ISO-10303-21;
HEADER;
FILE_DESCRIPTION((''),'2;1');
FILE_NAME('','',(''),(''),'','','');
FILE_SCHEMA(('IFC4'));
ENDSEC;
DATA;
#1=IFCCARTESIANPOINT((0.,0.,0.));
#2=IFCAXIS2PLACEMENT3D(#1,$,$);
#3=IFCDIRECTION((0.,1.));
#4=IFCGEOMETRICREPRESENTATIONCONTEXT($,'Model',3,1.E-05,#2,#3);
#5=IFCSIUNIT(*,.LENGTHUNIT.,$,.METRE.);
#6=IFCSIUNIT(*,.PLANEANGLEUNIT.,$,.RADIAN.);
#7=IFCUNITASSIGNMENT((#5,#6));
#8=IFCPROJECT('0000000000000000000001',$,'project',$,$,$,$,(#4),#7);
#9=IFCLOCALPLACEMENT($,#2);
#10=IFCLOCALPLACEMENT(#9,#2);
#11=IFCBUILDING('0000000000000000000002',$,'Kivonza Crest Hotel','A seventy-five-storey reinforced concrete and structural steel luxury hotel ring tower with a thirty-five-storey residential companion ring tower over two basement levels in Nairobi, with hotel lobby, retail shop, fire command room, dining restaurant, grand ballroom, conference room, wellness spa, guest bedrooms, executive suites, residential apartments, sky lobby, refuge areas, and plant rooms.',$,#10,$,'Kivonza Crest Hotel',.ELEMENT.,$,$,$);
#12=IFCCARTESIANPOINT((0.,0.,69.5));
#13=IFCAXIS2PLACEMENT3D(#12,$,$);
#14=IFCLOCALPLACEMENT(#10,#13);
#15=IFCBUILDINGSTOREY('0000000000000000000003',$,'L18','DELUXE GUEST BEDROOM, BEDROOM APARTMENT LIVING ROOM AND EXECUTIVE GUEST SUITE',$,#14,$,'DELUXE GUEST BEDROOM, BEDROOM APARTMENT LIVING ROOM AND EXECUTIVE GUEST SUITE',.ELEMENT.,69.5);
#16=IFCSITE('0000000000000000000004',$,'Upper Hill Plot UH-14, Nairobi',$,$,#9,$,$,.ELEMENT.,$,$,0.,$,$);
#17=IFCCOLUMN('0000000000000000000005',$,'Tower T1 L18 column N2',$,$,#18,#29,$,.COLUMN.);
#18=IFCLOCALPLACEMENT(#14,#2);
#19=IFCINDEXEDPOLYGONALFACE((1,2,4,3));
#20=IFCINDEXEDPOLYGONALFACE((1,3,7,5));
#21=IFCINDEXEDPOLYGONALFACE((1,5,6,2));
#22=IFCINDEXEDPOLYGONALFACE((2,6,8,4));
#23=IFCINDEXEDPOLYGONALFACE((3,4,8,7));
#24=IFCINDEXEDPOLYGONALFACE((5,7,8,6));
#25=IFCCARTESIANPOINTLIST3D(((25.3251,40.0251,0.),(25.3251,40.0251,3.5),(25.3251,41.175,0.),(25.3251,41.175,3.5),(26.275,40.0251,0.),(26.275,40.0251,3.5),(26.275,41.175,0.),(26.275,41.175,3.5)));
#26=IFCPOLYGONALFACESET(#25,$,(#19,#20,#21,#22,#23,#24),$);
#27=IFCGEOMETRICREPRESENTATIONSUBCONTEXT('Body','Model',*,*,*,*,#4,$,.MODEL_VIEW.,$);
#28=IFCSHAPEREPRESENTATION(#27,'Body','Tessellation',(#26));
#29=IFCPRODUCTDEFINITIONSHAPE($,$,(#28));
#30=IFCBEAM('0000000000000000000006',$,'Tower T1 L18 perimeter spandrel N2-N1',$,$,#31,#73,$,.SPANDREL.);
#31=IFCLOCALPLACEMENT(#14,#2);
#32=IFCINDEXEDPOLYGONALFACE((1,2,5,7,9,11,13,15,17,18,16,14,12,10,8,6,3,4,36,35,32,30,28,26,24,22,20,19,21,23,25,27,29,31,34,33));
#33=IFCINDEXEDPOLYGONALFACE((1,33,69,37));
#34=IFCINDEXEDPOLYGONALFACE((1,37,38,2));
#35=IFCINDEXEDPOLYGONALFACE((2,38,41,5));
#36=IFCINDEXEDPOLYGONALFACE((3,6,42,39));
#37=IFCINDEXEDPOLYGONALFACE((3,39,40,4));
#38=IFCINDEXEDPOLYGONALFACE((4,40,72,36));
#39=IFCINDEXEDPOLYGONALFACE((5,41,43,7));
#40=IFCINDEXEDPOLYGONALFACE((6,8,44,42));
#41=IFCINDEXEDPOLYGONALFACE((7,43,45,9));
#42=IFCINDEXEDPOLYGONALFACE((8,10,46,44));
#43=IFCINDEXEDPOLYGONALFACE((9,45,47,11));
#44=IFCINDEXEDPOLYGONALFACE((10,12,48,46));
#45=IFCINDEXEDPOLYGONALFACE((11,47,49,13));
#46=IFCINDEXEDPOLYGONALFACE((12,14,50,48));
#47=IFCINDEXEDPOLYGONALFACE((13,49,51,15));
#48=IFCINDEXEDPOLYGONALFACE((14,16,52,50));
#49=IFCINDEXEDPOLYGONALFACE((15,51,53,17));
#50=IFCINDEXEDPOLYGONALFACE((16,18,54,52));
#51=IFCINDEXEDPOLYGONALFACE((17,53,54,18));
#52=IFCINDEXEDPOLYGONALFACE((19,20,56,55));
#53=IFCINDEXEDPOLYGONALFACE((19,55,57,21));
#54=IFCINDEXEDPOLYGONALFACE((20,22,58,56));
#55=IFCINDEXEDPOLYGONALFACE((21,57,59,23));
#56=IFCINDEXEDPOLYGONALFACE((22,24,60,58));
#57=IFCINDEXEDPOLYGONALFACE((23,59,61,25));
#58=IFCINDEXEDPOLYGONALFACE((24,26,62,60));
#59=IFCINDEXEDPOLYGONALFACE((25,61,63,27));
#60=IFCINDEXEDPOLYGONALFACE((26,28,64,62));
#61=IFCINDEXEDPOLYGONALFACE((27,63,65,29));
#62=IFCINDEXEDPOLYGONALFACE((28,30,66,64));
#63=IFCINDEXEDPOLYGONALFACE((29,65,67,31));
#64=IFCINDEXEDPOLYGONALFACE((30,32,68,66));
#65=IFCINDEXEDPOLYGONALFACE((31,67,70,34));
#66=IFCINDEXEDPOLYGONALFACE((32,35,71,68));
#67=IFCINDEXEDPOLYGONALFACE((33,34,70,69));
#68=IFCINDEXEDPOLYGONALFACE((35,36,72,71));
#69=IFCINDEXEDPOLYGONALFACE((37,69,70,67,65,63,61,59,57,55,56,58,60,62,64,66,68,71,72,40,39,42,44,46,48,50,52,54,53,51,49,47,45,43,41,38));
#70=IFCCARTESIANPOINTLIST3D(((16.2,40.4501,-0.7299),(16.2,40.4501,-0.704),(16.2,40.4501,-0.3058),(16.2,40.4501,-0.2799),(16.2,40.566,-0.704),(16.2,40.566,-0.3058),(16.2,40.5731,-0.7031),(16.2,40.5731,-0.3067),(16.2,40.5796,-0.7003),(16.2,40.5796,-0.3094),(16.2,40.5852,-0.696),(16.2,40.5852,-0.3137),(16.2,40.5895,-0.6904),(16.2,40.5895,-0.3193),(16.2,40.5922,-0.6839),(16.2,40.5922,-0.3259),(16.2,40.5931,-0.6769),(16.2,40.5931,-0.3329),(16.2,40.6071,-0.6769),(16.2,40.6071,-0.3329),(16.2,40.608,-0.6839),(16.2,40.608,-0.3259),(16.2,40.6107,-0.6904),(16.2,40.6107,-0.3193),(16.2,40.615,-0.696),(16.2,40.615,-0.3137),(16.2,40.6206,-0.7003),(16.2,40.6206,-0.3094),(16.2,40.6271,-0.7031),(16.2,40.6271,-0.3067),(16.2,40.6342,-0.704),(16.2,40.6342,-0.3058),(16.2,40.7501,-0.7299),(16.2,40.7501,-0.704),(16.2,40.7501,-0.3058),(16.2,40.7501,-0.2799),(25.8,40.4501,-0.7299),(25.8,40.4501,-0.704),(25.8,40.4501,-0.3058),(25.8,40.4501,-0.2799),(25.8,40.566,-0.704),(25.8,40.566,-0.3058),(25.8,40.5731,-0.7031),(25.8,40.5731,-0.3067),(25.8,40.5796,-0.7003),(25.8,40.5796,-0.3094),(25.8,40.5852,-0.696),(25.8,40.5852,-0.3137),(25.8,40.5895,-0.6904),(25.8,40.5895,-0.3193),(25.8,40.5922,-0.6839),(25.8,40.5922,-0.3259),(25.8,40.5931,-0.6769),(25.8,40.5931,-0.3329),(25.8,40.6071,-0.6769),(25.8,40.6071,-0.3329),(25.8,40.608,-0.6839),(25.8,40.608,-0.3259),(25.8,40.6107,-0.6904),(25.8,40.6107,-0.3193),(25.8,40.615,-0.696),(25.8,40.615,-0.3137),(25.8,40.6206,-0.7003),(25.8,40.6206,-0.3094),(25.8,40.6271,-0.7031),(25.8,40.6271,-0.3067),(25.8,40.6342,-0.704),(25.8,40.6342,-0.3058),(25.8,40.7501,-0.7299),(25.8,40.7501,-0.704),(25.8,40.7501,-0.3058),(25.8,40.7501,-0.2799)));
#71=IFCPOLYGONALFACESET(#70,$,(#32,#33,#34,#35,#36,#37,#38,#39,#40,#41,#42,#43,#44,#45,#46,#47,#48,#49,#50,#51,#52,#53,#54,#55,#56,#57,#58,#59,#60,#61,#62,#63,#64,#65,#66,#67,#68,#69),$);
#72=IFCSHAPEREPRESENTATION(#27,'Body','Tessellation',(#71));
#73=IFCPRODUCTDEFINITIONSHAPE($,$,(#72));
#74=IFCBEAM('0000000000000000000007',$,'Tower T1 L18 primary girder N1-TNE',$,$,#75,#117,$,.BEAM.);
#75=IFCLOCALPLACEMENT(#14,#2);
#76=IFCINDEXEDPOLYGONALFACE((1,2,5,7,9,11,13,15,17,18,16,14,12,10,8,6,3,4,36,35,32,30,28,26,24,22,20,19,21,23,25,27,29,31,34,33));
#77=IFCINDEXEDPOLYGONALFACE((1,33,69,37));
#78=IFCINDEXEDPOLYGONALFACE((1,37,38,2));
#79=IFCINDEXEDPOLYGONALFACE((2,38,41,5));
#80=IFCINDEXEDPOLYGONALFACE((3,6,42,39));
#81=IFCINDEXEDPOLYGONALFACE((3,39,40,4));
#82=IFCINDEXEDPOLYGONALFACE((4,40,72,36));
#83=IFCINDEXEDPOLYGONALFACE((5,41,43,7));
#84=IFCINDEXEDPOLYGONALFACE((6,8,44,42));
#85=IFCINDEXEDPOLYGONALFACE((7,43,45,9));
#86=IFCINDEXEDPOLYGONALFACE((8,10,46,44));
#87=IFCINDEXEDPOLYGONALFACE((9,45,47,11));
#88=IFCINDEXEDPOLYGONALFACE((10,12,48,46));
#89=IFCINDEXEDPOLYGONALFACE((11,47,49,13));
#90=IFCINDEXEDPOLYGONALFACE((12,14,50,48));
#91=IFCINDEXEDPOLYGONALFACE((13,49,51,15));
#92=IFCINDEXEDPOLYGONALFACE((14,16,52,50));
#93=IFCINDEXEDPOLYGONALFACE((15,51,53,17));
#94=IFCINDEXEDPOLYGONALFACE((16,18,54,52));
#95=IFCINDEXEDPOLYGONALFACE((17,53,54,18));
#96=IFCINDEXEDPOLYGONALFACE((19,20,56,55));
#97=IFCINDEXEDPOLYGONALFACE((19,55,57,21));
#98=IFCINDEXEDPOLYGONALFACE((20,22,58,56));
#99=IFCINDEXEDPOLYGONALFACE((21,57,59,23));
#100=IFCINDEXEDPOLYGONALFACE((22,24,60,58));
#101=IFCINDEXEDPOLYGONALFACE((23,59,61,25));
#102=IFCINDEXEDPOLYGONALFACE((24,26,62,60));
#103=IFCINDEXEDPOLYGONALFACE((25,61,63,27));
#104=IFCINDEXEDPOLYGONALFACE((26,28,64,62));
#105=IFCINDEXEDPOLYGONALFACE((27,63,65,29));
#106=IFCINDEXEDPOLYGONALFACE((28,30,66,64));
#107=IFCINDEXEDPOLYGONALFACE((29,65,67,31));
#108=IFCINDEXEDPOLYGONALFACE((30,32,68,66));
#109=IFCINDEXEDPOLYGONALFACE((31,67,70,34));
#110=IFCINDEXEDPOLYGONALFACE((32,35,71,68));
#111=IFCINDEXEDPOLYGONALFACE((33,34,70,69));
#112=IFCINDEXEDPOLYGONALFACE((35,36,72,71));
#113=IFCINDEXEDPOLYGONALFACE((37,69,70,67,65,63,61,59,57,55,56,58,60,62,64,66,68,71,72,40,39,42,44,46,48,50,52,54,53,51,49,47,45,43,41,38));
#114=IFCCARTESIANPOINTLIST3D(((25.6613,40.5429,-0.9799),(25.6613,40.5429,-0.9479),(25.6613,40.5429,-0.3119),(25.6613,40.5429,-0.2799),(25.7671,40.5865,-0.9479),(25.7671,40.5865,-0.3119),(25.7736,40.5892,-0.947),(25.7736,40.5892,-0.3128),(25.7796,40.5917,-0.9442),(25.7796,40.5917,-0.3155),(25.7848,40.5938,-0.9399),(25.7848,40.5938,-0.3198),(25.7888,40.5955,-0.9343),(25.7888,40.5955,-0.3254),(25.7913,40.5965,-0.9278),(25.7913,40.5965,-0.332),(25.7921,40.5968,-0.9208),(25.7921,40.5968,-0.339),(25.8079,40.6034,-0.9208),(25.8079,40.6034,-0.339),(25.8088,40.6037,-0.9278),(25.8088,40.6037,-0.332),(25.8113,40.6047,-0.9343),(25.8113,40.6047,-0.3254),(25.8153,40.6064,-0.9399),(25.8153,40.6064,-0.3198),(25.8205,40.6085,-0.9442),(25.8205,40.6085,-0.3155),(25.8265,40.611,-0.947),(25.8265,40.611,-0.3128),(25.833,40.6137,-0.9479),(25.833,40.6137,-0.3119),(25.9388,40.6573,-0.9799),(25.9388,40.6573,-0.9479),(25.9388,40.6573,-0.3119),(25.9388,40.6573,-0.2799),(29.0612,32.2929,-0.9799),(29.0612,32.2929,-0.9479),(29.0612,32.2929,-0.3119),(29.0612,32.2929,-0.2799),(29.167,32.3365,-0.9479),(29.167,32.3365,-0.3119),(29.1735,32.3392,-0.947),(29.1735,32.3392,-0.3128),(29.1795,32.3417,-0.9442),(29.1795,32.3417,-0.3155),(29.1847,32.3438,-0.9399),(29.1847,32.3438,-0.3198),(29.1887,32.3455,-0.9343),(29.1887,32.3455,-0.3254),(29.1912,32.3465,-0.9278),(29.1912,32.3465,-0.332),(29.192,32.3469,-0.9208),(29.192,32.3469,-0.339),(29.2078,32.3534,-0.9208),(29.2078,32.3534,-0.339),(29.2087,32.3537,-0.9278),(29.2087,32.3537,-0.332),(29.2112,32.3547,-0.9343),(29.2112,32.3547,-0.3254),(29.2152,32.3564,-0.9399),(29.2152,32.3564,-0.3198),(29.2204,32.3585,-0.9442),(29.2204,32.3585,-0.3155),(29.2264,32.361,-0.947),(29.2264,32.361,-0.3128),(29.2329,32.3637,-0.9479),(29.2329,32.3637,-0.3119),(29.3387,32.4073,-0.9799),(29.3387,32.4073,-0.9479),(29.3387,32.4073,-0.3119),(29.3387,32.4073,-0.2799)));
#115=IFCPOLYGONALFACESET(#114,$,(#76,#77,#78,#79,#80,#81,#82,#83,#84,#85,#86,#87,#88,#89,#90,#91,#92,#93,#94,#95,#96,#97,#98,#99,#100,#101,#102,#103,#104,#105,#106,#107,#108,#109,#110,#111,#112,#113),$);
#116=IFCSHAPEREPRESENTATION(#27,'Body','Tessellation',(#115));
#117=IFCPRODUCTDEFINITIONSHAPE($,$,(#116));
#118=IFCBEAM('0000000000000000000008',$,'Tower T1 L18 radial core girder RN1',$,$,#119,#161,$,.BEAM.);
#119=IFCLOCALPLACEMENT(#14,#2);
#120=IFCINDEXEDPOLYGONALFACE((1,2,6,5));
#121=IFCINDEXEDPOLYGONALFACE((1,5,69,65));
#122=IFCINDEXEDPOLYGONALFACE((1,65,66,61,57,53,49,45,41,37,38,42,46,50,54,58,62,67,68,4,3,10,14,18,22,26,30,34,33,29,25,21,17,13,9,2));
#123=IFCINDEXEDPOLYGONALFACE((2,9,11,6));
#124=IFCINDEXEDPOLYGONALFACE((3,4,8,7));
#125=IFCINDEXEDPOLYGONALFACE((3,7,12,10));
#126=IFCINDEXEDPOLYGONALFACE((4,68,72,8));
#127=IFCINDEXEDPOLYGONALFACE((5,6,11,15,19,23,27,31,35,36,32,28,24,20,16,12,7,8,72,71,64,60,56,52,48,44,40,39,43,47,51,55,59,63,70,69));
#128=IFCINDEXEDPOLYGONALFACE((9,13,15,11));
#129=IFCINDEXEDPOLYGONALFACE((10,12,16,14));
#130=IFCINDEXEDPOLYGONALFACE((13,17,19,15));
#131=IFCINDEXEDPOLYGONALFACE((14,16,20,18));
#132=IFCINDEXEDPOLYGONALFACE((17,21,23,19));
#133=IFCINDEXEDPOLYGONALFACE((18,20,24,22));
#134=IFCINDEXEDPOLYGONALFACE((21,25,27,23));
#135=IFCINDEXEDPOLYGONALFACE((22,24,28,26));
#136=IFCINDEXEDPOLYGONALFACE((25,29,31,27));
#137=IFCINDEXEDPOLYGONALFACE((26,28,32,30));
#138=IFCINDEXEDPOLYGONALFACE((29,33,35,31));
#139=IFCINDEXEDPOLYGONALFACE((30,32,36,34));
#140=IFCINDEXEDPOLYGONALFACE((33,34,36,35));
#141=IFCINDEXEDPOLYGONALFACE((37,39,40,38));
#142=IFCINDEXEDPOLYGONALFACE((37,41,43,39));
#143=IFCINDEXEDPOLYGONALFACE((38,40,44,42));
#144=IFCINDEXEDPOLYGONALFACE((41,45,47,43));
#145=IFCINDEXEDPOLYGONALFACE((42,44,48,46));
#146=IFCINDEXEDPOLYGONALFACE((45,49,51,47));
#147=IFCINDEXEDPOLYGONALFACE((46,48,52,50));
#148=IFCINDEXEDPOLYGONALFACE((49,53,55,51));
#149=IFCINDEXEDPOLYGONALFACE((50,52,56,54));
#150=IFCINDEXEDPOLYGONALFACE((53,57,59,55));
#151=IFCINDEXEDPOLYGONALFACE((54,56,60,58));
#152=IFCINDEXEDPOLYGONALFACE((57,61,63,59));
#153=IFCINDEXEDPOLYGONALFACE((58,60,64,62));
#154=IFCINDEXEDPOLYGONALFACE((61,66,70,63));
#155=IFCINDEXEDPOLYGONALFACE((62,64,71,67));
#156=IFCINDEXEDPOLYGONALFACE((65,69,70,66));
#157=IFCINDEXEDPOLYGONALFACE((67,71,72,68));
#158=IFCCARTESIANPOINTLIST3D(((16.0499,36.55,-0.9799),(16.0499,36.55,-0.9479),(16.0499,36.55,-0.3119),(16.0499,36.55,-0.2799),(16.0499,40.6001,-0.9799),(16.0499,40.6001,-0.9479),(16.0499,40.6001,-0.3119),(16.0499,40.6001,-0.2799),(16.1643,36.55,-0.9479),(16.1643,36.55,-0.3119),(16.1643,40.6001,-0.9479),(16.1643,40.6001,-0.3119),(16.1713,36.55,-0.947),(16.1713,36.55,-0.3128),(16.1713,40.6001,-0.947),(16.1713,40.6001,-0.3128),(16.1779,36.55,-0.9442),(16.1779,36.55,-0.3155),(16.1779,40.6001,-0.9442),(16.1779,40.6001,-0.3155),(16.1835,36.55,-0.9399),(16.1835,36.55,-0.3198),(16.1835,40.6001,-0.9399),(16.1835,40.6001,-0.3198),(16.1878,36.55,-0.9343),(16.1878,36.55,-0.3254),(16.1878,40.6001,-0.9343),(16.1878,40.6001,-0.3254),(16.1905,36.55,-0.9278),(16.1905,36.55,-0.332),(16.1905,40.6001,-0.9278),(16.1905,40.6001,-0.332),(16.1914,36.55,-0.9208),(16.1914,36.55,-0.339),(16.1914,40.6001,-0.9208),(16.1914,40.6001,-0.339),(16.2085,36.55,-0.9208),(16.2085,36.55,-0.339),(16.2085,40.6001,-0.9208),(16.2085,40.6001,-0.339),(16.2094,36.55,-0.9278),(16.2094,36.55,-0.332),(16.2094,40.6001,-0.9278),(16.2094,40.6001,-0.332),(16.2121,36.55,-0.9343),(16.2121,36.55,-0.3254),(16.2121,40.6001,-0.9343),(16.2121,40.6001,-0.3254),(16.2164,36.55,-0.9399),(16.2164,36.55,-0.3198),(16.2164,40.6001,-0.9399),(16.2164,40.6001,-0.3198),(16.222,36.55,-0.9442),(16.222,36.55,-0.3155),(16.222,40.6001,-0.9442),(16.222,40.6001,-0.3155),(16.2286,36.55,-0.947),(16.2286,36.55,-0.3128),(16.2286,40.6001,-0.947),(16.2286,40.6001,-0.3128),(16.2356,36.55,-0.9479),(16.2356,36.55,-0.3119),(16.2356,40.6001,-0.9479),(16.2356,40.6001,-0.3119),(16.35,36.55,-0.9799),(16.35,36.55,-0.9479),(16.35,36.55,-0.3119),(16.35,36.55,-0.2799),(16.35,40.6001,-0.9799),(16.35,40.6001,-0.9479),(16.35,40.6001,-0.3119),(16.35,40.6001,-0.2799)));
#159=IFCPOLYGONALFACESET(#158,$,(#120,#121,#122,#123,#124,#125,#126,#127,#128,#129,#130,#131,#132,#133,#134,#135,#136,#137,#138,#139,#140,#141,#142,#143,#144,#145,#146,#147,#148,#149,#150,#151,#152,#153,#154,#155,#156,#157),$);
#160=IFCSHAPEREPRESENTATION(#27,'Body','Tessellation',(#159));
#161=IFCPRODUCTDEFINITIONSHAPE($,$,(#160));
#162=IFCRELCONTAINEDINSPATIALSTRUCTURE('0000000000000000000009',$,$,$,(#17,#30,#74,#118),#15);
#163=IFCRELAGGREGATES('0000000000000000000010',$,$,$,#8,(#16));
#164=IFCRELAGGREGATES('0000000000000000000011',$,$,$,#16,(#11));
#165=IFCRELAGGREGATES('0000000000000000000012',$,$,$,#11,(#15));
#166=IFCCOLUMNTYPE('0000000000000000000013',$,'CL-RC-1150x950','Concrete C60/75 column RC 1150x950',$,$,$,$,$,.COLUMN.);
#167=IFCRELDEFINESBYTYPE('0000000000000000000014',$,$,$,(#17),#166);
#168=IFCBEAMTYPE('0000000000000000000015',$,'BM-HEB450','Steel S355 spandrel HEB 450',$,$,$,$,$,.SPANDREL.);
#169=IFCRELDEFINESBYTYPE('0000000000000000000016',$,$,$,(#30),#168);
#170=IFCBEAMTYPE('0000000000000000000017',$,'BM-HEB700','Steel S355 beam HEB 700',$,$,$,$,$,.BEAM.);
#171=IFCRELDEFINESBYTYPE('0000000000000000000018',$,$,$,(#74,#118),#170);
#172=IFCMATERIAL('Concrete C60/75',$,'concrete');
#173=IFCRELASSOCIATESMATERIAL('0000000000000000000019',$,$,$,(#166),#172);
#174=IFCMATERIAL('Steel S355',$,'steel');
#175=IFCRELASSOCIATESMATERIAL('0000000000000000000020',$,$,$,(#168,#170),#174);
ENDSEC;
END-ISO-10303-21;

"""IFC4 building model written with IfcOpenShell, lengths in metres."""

from ifc_helpers import new_model, si_unit, direction, frame, origin, origin_2d, place, context, subcontext, project, spatial, rectangle, i_section, extrude, material, material_profile, profile_set, type_object, element, save


model = new_model("IFC4")

# Units and contexts
model_context = context("Model", 3, precision=1e-05, world=origin(), true_north=direction((0.0, 1.0)))
body_context = subcontext(model_context, "Body", "Model", "MODEL_VIEW")
ifc_project = project(units=[si_unit("LENGTHUNIT", "METRE"), si_unit("PLANEANGLEUNIT", "RADIAN")], contexts=[model_context])

# Site, building, storey
site_placement = place(None, origin())
site = spatial("IfcSite", under=ifc_project, at=site_placement, Name="Upper Hill Plot UH-14, Nairobi", CompositionType="ELEMENT", RefElevation=0.0)
building_placement = place(site_placement, origin())
building = spatial("IfcBuilding", under=site, at=building_placement, Name="Kivonza Crest Hotel", Description="A seventy-five-storey reinforced concrete and structural steel luxury hotel ring tower with a thirty-five-storey residential companion ring tower over two basement levels in Nairobi, with hotel lobby, retail shop, fire command room, dining restaurant, grand ballroom, conference room, wellness spa, guest bedrooms, executive suites, residential apartments, sky lobby, refuge areas, and plant rooms.", LongName="Kivonza Crest Hotel", CompositionType="ELEMENT")
storey_placement = place(building_placement, frame((0.0, 0.0, 69.5)))
storey = spatial("IfcBuildingStorey", under=building, at=storey_placement, Name="L18", Description="DELUXE GUEST BEDROOM, BEDROOM APARTMENT LIVING ROOM AND EXECUTIVE GUEST SUITE", LongName="DELUXE GUEST BEDROOM, BEDROOM APARTMENT LIVING ROOM AND EXECUTIVE GUEST SUITE", CompositionType="ELEMENT", Elevation=69.5)

# Column
ifc_material_1 = material(Name="Concrete C60/75", Category="concrete")
ifc_material_profile_1 = material_profile(ifc_material_1, rectangle(XDim=0.95, YDim=1.1499, at=origin_2d()), Name="RC 1150x950")
ifc_profile_set_1 = profile_set([ifc_material_profile_1], Name="Concrete C60/75")
column_type = type_object("IfcColumnType", Name="CL-RC-1150x950", Description="Concrete C60/75 column RC 1150x950", PredefinedType="COLUMN", material=ifc_profile_set_1)
column_placement = place(storey_placement, frame((25.8, 40.6001, 0.0), z_axis=(0.0, 0.0, 1.0), x_axis=(1.0, 0.0, 0.0)))
element("IfcColumn", 1, at=column_placement, inside=storey, type_object=column_type, Name="Tower T1 L18 column N2", PredefinedType="COLUMN", context=body_context, shape_type="SweptSolid", body=[
    extrude(rectangle(XDim=0.95, YDim=1.1499, at=origin_2d()), origin(), (0.0, 0.0, 1.0), 3.5),
])

# Beams
ifc_material_2 = material(Name="Steel S355", Category="steel")
ifc_material_profile_2 = material_profile(ifc_material_2, i_section(OverallWidth=0.3, OverallDepth=0.45, WebThickness=0.0139, FlangeThickness=0.0259, FilletRadius=0.0271, at=origin_2d()), Name="HEB 450")
ifc_profile_set_2 = profile_set([ifc_material_profile_2], Name="Steel S355")
beam_type_1 = type_object("IfcBeamType", Name="BM-HEB450", Description="Steel S355 spandrel HEB 450", PredefinedType="SPANDREL", material=ifc_profile_set_2)
beam_1_placement = place(storey_placement, frame((25.8, 40.6001, -0.5049), z_axis=(-1.0, 0.0, 0.0), x_axis=(0.0, -1.0, 0.0)))
element("IfcBeam", 2, at=beam_1_placement, inside=storey, type_object=beam_type_1, Name="Tower T1 L18 perimeter spandrel N2-N1", PredefinedType="SPANDREL", context=body_context, shape_type="SweptSolid", body=[
    extrude(i_section(OverallWidth=0.3, OverallDepth=0.45, WebThickness=0.0139, FlangeThickness=0.0259, FilletRadius=0.0271, at=origin_2d()), origin(), (0.0, 0.0, 1.0), 9.6001),
])
ifc_material_profile_3 = material_profile(ifc_material_2, i_section(OverallWidth=0.3, OverallDepth=0.7, WebThickness=0.0171, FlangeThickness=0.032, FilletRadius=0.0271, at=origin_2d()), Name="HEB 700")
ifc_profile_set_3 = profile_set([ifc_material_profile_3], Name="Steel S355")
beam_type_2 = type_object("IfcBeamType", Name="BM-HEB700", Description="Steel S355 beam HEB 700", PredefinedType="BEAM", material=ifc_profile_set_3)
beam_2_placement = place(storey_placement, frame((25.8, 40.6001, -0.6299), z_axis=(0.381022, -0.924566, 0.0), x_axis=(0.924566, 0.381022, 0.0)))
element("IfcBeam", 3, at=beam_2_placement, inside=storey, type_object=beam_type_2, Name="Tower T1 L18 primary girder N1-TNE", PredefinedType="BEAM", context=body_context, shape_type="SweptSolid", body=[
    extrude(i_section(OverallWidth=0.3, OverallDepth=0.7, WebThickness=0.0171, FlangeThickness=0.032, FilletRadius=0.0271, at=origin_2d()), origin(), (0.0, 0.0, 1.0), 8.9231),
])
for number, where, z_axis, x_axis, name in (
    (4, (16.2, 40.6001, -0.6299), (0.0, -1.0, 0.0), (1.0, 0.0, 0.0), "Tower T1 L18 radial core girder RN1"),
):
    element("IfcBeam", number, at=place(storey_placement, frame(where, z_axis=z_axis, x_axis=x_axis)), inside=storey, type_object=beam_type_2, Name=name, PredefinedType="BEAM", context=body_context, shape_type="SweptSolid", body=[
        extrude(i_section(OverallWidth=0.3, OverallDepth=0.7, WebThickness=0.0171, FlangeThickness=0.032, FilletRadius=0.0271, at=origin_2d()), origin(), (0.0, 0.0, 1.0), 4.05),
    ])

save(model, "model.ifc")
